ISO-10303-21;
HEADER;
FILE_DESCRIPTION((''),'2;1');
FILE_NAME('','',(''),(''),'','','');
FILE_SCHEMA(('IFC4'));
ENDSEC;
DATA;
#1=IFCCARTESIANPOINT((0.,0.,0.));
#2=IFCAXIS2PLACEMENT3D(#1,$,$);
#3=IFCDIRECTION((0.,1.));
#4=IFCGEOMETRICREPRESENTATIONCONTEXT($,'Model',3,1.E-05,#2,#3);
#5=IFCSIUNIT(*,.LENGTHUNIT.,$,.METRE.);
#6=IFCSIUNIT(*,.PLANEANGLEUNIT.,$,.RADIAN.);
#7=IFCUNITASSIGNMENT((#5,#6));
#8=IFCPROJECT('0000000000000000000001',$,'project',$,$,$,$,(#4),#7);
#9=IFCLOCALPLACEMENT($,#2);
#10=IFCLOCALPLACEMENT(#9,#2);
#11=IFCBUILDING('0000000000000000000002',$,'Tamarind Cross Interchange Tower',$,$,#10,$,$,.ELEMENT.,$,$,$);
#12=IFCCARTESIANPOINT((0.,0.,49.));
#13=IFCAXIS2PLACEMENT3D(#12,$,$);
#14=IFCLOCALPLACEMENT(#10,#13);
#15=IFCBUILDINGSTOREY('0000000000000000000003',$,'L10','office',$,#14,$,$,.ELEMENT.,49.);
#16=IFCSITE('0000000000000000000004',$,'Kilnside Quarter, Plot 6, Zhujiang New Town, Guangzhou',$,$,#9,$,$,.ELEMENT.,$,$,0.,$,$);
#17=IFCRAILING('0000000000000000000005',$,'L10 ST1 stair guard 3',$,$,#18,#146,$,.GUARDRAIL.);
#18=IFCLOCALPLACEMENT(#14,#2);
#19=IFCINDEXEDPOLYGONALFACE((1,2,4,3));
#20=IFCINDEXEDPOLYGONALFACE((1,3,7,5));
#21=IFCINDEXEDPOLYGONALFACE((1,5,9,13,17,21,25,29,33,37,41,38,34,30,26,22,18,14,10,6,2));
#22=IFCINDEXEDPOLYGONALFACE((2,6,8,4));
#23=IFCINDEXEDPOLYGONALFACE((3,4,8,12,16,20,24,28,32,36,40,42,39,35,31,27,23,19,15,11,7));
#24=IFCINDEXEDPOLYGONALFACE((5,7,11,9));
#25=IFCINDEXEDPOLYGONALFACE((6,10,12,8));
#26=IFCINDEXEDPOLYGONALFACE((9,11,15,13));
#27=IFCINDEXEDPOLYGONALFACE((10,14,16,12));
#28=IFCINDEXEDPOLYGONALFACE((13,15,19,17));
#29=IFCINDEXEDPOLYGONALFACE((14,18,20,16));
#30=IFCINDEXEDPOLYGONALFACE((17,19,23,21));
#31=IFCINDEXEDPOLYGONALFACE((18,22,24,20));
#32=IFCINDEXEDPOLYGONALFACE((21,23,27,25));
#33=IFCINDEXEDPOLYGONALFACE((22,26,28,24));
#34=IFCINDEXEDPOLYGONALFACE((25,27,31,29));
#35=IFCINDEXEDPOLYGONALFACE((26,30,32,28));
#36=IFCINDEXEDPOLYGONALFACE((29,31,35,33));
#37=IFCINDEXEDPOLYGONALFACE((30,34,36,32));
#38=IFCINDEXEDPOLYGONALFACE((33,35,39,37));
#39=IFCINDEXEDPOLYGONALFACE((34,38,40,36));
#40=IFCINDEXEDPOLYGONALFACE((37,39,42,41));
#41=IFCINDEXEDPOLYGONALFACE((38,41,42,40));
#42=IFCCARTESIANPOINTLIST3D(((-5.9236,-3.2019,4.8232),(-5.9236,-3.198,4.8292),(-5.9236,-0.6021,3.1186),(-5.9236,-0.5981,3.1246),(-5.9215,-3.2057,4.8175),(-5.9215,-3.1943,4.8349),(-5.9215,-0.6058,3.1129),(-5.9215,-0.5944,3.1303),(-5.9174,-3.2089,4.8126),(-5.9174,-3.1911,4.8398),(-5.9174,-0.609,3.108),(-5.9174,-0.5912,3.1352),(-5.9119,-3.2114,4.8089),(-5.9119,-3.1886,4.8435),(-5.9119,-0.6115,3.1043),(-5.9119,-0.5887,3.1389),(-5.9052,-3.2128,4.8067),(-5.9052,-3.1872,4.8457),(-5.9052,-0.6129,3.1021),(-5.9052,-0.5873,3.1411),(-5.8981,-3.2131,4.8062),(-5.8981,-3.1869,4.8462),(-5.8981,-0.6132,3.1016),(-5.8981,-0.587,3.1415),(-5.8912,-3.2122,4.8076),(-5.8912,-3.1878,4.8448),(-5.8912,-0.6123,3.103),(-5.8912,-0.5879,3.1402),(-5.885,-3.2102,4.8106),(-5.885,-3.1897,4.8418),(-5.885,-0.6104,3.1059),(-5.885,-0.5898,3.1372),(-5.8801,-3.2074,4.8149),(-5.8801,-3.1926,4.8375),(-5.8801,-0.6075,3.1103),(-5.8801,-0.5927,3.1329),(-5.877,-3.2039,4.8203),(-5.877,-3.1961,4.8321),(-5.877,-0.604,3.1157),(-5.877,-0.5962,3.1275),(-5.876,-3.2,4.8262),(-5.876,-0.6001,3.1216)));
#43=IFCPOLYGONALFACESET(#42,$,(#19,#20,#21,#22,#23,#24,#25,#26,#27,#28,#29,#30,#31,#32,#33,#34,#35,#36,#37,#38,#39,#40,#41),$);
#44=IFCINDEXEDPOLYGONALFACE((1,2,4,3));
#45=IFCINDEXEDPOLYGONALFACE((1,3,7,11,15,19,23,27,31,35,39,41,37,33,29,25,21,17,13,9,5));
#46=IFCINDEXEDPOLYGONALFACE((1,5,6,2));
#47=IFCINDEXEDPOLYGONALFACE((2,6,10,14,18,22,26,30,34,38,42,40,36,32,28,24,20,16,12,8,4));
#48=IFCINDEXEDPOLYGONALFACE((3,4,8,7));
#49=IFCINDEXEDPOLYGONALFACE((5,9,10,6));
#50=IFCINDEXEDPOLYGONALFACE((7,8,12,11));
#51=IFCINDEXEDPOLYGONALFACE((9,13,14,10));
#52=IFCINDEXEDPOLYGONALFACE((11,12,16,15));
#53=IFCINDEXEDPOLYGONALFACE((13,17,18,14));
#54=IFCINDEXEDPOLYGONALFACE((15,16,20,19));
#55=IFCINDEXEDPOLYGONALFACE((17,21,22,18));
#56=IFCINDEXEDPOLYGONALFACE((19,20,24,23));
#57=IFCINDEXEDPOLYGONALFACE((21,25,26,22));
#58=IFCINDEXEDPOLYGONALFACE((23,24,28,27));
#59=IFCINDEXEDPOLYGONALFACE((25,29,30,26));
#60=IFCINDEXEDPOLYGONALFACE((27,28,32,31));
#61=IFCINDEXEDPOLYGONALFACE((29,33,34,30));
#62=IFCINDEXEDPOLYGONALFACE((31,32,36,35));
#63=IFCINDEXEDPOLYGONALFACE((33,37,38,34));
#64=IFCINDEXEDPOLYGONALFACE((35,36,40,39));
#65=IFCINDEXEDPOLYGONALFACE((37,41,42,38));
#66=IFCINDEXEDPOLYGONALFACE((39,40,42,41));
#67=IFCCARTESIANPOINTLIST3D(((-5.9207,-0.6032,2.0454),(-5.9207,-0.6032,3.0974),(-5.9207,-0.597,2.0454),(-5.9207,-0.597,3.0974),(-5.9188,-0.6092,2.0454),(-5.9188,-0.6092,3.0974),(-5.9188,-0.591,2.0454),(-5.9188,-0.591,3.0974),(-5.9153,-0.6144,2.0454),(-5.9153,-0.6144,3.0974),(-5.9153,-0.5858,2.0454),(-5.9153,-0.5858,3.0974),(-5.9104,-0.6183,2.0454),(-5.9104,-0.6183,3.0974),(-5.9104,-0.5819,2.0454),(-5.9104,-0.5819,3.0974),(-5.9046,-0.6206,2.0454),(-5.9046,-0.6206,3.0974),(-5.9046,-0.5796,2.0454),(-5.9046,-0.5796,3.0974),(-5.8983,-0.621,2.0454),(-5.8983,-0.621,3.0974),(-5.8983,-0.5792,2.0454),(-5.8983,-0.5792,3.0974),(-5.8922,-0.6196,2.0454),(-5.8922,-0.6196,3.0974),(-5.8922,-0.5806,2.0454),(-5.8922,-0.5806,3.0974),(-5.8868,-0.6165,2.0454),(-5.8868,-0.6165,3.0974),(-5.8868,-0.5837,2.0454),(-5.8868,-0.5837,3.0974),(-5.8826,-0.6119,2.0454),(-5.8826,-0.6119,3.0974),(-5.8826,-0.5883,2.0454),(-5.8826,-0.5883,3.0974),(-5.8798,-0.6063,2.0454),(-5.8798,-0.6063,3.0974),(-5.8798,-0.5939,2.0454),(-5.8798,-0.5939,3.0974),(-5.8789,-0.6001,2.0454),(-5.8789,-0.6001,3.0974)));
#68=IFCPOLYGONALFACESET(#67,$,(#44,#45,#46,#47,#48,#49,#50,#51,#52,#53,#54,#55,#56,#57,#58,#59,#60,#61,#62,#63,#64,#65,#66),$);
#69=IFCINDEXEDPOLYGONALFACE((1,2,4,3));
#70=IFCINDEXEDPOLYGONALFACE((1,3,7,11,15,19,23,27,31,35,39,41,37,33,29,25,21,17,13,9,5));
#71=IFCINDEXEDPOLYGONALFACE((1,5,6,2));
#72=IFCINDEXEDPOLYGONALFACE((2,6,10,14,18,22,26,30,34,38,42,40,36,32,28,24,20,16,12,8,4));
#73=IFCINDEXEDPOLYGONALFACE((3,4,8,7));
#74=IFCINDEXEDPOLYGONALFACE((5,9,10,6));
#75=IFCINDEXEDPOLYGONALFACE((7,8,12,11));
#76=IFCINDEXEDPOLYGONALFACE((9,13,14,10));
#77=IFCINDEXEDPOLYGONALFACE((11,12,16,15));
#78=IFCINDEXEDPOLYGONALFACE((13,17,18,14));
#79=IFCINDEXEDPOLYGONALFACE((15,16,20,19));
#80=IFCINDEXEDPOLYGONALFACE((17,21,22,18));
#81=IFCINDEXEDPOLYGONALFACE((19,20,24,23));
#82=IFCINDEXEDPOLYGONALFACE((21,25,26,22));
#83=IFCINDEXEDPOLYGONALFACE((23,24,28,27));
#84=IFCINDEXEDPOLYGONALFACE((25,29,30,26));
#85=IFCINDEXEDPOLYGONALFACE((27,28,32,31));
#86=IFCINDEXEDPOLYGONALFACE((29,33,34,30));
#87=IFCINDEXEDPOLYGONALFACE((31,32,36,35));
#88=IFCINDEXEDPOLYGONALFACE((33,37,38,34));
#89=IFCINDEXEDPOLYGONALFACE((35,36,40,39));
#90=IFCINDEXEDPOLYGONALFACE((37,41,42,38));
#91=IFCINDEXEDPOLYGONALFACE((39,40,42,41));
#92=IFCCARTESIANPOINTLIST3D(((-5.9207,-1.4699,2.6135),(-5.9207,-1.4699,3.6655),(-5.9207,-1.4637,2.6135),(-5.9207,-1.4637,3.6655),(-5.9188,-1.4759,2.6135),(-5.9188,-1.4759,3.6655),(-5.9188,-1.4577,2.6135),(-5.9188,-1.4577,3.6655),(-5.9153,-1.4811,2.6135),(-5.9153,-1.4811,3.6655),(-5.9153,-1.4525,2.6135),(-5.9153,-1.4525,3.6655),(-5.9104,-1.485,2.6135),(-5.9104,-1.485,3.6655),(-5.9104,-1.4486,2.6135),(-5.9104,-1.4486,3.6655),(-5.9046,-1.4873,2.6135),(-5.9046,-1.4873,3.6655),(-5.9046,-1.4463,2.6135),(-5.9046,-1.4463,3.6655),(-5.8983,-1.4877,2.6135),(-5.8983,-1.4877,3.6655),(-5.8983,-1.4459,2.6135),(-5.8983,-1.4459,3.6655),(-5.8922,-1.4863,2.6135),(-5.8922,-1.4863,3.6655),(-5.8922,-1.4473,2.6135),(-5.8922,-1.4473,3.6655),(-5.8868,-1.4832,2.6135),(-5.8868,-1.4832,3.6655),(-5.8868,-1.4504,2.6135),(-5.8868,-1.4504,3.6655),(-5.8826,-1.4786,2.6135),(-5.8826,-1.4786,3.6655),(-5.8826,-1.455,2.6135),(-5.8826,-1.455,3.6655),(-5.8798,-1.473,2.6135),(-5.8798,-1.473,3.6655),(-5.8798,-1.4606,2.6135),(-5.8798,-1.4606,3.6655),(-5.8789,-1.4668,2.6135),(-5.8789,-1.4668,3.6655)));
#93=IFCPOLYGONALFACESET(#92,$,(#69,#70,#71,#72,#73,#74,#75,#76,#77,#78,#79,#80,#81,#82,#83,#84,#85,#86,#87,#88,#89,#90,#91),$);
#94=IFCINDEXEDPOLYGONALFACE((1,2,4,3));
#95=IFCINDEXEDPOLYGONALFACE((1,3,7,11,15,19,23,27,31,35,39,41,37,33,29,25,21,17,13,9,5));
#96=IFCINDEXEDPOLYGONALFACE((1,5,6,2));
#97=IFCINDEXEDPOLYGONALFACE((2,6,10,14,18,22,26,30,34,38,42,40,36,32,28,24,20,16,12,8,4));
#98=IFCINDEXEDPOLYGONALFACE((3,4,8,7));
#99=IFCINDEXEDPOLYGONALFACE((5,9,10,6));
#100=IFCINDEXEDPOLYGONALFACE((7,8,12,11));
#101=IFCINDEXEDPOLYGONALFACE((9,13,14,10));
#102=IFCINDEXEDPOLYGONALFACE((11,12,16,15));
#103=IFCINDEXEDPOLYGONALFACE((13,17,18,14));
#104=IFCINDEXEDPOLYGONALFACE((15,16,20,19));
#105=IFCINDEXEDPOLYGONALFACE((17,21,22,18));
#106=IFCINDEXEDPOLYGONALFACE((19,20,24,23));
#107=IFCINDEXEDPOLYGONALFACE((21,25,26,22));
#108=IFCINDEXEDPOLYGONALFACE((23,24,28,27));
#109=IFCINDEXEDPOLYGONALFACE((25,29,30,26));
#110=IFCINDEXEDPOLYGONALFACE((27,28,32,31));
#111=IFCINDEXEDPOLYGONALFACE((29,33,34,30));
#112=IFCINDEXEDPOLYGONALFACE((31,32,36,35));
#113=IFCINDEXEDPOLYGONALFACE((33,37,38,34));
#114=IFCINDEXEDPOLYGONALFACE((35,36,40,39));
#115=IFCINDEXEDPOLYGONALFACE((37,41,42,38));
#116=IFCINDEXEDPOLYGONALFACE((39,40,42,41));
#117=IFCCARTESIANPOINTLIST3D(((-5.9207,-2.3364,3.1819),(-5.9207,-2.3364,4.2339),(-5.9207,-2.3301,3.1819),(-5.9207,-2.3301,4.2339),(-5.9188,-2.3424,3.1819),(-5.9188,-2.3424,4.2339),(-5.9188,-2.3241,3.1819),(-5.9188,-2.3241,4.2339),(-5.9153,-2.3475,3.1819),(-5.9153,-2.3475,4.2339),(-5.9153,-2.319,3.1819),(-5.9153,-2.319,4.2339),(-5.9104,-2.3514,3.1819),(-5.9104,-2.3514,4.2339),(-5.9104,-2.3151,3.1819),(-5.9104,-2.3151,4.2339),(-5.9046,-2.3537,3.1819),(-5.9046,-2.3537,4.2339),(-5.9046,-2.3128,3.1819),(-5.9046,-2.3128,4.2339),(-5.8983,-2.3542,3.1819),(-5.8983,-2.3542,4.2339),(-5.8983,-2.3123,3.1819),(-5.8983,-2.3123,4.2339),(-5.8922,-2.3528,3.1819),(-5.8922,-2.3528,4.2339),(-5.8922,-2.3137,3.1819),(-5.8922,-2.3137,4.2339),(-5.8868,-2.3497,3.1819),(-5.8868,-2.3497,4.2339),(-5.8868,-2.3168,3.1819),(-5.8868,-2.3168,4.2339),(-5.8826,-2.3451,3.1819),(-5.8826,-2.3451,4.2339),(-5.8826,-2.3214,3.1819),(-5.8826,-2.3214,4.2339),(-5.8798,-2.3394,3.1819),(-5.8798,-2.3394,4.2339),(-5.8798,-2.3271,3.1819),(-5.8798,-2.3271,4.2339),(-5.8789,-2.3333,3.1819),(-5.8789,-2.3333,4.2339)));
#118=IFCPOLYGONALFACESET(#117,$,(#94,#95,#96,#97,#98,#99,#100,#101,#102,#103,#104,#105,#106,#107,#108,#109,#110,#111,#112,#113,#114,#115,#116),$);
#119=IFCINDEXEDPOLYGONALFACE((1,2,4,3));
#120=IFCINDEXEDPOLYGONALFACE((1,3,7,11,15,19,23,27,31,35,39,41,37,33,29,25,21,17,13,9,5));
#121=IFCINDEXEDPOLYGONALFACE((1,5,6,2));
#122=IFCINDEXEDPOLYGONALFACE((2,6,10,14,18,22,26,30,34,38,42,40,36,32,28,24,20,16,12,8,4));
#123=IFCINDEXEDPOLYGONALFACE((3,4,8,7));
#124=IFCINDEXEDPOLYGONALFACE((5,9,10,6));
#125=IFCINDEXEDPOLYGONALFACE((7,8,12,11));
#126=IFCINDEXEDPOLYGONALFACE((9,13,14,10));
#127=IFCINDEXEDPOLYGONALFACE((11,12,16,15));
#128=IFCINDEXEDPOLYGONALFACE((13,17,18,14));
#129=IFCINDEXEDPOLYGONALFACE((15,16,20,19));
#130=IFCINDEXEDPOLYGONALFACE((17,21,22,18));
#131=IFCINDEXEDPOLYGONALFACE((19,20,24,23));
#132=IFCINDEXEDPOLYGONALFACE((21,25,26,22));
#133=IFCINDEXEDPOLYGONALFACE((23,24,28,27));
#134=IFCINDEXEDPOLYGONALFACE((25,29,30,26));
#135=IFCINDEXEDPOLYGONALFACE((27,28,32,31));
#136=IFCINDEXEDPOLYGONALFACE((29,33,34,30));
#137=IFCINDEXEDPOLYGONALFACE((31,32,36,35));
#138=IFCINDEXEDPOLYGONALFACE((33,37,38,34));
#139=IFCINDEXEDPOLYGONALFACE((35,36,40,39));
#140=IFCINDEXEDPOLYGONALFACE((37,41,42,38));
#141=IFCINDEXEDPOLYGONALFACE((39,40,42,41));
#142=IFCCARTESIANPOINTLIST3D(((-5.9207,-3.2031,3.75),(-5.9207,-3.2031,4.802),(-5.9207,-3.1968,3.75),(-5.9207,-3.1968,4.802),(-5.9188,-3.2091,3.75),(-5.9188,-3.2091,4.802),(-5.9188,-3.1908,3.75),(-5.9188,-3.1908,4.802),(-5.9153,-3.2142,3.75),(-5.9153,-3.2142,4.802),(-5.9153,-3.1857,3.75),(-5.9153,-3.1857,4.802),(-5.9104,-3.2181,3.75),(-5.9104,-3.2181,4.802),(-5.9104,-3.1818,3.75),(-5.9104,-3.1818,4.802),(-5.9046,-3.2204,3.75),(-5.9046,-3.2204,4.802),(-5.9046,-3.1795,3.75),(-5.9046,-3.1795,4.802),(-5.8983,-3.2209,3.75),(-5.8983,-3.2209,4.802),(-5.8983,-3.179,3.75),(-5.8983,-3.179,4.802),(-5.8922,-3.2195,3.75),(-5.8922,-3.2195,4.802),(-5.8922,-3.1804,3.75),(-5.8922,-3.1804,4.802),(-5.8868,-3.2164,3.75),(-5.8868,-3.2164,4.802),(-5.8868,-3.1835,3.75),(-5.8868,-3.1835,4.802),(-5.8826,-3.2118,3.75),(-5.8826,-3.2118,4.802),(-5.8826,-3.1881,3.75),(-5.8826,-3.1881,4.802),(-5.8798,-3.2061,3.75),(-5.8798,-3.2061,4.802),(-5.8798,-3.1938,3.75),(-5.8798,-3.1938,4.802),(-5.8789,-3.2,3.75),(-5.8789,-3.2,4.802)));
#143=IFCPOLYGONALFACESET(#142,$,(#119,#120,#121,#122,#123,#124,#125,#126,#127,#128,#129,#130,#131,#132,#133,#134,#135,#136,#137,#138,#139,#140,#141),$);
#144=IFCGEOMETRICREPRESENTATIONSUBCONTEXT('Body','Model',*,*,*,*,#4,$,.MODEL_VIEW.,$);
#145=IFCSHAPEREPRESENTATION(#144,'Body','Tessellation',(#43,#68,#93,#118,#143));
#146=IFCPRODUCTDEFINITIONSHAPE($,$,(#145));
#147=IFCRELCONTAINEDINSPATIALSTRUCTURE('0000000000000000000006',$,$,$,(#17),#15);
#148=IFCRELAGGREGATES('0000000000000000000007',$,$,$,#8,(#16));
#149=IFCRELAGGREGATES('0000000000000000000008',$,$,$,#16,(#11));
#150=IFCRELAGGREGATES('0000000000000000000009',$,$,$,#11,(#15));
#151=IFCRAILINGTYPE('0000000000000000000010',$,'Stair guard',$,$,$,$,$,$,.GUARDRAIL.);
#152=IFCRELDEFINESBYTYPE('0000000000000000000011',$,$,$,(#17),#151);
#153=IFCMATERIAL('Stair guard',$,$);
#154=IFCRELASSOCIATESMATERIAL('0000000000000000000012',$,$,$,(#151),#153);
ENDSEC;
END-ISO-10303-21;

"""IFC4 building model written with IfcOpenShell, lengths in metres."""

from ifc_helpers import new_model, si_unit, direction, frame, origin, origin_2d, place, context, subcontext, project, spatial, circle, extrude, material, type_object, element, save


model = new_model("IFC4")

# Units and contexts
model_context = context("Model", 3, precision=1e-05, world=origin(), true_north=direction((0.0, 1.0)))
body_context = subcontext(model_context, "Body", "Model", "MODEL_VIEW")
ifc_project = project(units=[si_unit("LENGTHUNIT", "METRE"), si_unit("PLANEANGLEUNIT", "RADIAN")], contexts=[model_context])

# Site, building, storey
site_placement = place(None, origin())
site = spatial("IfcSite", under=ifc_project, at=site_placement, Name="Kilnside Quarter, Plot 6, Zhujiang New Town, Guangzhou", CompositionType="ELEMENT", RefElevation=0.0)
building_placement = place(site_placement, origin())
building = spatial("IfcBuilding", under=site, at=building_placement, Name="Tamarind Cross Interchange Tower", CompositionType="ELEMENT")
storey_placement = place(building_placement, frame((0.0, 0.0, 49.0)))
storey = spatial("IfcBuildingStorey", under=building, at=storey_placement, Name="L10", Description="office", CompositionType="ELEMENT", Elevation=49.0)

# Railing
ifc_material_1 = material(Name="Stair guard")
railing_type_1 = type_object("IfcRailingType", Name="Stair guard", PredefinedType="GUARDRAIL", material=ifc_material_1)
railing_1_placement = place(storey_placement, frame((-5.8999, -0.6001, 2.0454)))
element("IfcRailing", 1, at=railing_1_placement, inside=storey, type_object=railing_type_1, Name="L10 ST1 stair guard 3", PredefinedType="GUARDRAIL", context=body_context, shape_type="SweptSolid", body=[
    extrude(circle(Radius=0.0239, at=origin_2d()), frame((0.0, 0.0, 1.0762), z_axis=(0.0, -0.836279, 0.548305), x_axis=(1.0, 0.0, 0.0)), (0.0, 0.0, 1.0), 3.1089),
    extrude(circle(Radius=0.021, at=origin_2d()), origin(), (0.0, 0.0, 1.0), 1.052),
    extrude(circle(Radius=0.021, at=origin_2d()), frame((0.0, -0.8667, 0.5681)), (0.0, 0.0, 1.0), 1.052),
    extrude(circle(Radius=0.021, at=origin_2d()), frame((0.0, -1.7332, 1.1365)), (0.0, 0.0, 1.0), 1.052),
    extrude(circle(Radius=0.021, at=origin_2d()), frame((0.0, -2.5999, 1.7046)), (0.0, 0.0, 1.0), 1.052),
])

save(model, "model.ifc")
